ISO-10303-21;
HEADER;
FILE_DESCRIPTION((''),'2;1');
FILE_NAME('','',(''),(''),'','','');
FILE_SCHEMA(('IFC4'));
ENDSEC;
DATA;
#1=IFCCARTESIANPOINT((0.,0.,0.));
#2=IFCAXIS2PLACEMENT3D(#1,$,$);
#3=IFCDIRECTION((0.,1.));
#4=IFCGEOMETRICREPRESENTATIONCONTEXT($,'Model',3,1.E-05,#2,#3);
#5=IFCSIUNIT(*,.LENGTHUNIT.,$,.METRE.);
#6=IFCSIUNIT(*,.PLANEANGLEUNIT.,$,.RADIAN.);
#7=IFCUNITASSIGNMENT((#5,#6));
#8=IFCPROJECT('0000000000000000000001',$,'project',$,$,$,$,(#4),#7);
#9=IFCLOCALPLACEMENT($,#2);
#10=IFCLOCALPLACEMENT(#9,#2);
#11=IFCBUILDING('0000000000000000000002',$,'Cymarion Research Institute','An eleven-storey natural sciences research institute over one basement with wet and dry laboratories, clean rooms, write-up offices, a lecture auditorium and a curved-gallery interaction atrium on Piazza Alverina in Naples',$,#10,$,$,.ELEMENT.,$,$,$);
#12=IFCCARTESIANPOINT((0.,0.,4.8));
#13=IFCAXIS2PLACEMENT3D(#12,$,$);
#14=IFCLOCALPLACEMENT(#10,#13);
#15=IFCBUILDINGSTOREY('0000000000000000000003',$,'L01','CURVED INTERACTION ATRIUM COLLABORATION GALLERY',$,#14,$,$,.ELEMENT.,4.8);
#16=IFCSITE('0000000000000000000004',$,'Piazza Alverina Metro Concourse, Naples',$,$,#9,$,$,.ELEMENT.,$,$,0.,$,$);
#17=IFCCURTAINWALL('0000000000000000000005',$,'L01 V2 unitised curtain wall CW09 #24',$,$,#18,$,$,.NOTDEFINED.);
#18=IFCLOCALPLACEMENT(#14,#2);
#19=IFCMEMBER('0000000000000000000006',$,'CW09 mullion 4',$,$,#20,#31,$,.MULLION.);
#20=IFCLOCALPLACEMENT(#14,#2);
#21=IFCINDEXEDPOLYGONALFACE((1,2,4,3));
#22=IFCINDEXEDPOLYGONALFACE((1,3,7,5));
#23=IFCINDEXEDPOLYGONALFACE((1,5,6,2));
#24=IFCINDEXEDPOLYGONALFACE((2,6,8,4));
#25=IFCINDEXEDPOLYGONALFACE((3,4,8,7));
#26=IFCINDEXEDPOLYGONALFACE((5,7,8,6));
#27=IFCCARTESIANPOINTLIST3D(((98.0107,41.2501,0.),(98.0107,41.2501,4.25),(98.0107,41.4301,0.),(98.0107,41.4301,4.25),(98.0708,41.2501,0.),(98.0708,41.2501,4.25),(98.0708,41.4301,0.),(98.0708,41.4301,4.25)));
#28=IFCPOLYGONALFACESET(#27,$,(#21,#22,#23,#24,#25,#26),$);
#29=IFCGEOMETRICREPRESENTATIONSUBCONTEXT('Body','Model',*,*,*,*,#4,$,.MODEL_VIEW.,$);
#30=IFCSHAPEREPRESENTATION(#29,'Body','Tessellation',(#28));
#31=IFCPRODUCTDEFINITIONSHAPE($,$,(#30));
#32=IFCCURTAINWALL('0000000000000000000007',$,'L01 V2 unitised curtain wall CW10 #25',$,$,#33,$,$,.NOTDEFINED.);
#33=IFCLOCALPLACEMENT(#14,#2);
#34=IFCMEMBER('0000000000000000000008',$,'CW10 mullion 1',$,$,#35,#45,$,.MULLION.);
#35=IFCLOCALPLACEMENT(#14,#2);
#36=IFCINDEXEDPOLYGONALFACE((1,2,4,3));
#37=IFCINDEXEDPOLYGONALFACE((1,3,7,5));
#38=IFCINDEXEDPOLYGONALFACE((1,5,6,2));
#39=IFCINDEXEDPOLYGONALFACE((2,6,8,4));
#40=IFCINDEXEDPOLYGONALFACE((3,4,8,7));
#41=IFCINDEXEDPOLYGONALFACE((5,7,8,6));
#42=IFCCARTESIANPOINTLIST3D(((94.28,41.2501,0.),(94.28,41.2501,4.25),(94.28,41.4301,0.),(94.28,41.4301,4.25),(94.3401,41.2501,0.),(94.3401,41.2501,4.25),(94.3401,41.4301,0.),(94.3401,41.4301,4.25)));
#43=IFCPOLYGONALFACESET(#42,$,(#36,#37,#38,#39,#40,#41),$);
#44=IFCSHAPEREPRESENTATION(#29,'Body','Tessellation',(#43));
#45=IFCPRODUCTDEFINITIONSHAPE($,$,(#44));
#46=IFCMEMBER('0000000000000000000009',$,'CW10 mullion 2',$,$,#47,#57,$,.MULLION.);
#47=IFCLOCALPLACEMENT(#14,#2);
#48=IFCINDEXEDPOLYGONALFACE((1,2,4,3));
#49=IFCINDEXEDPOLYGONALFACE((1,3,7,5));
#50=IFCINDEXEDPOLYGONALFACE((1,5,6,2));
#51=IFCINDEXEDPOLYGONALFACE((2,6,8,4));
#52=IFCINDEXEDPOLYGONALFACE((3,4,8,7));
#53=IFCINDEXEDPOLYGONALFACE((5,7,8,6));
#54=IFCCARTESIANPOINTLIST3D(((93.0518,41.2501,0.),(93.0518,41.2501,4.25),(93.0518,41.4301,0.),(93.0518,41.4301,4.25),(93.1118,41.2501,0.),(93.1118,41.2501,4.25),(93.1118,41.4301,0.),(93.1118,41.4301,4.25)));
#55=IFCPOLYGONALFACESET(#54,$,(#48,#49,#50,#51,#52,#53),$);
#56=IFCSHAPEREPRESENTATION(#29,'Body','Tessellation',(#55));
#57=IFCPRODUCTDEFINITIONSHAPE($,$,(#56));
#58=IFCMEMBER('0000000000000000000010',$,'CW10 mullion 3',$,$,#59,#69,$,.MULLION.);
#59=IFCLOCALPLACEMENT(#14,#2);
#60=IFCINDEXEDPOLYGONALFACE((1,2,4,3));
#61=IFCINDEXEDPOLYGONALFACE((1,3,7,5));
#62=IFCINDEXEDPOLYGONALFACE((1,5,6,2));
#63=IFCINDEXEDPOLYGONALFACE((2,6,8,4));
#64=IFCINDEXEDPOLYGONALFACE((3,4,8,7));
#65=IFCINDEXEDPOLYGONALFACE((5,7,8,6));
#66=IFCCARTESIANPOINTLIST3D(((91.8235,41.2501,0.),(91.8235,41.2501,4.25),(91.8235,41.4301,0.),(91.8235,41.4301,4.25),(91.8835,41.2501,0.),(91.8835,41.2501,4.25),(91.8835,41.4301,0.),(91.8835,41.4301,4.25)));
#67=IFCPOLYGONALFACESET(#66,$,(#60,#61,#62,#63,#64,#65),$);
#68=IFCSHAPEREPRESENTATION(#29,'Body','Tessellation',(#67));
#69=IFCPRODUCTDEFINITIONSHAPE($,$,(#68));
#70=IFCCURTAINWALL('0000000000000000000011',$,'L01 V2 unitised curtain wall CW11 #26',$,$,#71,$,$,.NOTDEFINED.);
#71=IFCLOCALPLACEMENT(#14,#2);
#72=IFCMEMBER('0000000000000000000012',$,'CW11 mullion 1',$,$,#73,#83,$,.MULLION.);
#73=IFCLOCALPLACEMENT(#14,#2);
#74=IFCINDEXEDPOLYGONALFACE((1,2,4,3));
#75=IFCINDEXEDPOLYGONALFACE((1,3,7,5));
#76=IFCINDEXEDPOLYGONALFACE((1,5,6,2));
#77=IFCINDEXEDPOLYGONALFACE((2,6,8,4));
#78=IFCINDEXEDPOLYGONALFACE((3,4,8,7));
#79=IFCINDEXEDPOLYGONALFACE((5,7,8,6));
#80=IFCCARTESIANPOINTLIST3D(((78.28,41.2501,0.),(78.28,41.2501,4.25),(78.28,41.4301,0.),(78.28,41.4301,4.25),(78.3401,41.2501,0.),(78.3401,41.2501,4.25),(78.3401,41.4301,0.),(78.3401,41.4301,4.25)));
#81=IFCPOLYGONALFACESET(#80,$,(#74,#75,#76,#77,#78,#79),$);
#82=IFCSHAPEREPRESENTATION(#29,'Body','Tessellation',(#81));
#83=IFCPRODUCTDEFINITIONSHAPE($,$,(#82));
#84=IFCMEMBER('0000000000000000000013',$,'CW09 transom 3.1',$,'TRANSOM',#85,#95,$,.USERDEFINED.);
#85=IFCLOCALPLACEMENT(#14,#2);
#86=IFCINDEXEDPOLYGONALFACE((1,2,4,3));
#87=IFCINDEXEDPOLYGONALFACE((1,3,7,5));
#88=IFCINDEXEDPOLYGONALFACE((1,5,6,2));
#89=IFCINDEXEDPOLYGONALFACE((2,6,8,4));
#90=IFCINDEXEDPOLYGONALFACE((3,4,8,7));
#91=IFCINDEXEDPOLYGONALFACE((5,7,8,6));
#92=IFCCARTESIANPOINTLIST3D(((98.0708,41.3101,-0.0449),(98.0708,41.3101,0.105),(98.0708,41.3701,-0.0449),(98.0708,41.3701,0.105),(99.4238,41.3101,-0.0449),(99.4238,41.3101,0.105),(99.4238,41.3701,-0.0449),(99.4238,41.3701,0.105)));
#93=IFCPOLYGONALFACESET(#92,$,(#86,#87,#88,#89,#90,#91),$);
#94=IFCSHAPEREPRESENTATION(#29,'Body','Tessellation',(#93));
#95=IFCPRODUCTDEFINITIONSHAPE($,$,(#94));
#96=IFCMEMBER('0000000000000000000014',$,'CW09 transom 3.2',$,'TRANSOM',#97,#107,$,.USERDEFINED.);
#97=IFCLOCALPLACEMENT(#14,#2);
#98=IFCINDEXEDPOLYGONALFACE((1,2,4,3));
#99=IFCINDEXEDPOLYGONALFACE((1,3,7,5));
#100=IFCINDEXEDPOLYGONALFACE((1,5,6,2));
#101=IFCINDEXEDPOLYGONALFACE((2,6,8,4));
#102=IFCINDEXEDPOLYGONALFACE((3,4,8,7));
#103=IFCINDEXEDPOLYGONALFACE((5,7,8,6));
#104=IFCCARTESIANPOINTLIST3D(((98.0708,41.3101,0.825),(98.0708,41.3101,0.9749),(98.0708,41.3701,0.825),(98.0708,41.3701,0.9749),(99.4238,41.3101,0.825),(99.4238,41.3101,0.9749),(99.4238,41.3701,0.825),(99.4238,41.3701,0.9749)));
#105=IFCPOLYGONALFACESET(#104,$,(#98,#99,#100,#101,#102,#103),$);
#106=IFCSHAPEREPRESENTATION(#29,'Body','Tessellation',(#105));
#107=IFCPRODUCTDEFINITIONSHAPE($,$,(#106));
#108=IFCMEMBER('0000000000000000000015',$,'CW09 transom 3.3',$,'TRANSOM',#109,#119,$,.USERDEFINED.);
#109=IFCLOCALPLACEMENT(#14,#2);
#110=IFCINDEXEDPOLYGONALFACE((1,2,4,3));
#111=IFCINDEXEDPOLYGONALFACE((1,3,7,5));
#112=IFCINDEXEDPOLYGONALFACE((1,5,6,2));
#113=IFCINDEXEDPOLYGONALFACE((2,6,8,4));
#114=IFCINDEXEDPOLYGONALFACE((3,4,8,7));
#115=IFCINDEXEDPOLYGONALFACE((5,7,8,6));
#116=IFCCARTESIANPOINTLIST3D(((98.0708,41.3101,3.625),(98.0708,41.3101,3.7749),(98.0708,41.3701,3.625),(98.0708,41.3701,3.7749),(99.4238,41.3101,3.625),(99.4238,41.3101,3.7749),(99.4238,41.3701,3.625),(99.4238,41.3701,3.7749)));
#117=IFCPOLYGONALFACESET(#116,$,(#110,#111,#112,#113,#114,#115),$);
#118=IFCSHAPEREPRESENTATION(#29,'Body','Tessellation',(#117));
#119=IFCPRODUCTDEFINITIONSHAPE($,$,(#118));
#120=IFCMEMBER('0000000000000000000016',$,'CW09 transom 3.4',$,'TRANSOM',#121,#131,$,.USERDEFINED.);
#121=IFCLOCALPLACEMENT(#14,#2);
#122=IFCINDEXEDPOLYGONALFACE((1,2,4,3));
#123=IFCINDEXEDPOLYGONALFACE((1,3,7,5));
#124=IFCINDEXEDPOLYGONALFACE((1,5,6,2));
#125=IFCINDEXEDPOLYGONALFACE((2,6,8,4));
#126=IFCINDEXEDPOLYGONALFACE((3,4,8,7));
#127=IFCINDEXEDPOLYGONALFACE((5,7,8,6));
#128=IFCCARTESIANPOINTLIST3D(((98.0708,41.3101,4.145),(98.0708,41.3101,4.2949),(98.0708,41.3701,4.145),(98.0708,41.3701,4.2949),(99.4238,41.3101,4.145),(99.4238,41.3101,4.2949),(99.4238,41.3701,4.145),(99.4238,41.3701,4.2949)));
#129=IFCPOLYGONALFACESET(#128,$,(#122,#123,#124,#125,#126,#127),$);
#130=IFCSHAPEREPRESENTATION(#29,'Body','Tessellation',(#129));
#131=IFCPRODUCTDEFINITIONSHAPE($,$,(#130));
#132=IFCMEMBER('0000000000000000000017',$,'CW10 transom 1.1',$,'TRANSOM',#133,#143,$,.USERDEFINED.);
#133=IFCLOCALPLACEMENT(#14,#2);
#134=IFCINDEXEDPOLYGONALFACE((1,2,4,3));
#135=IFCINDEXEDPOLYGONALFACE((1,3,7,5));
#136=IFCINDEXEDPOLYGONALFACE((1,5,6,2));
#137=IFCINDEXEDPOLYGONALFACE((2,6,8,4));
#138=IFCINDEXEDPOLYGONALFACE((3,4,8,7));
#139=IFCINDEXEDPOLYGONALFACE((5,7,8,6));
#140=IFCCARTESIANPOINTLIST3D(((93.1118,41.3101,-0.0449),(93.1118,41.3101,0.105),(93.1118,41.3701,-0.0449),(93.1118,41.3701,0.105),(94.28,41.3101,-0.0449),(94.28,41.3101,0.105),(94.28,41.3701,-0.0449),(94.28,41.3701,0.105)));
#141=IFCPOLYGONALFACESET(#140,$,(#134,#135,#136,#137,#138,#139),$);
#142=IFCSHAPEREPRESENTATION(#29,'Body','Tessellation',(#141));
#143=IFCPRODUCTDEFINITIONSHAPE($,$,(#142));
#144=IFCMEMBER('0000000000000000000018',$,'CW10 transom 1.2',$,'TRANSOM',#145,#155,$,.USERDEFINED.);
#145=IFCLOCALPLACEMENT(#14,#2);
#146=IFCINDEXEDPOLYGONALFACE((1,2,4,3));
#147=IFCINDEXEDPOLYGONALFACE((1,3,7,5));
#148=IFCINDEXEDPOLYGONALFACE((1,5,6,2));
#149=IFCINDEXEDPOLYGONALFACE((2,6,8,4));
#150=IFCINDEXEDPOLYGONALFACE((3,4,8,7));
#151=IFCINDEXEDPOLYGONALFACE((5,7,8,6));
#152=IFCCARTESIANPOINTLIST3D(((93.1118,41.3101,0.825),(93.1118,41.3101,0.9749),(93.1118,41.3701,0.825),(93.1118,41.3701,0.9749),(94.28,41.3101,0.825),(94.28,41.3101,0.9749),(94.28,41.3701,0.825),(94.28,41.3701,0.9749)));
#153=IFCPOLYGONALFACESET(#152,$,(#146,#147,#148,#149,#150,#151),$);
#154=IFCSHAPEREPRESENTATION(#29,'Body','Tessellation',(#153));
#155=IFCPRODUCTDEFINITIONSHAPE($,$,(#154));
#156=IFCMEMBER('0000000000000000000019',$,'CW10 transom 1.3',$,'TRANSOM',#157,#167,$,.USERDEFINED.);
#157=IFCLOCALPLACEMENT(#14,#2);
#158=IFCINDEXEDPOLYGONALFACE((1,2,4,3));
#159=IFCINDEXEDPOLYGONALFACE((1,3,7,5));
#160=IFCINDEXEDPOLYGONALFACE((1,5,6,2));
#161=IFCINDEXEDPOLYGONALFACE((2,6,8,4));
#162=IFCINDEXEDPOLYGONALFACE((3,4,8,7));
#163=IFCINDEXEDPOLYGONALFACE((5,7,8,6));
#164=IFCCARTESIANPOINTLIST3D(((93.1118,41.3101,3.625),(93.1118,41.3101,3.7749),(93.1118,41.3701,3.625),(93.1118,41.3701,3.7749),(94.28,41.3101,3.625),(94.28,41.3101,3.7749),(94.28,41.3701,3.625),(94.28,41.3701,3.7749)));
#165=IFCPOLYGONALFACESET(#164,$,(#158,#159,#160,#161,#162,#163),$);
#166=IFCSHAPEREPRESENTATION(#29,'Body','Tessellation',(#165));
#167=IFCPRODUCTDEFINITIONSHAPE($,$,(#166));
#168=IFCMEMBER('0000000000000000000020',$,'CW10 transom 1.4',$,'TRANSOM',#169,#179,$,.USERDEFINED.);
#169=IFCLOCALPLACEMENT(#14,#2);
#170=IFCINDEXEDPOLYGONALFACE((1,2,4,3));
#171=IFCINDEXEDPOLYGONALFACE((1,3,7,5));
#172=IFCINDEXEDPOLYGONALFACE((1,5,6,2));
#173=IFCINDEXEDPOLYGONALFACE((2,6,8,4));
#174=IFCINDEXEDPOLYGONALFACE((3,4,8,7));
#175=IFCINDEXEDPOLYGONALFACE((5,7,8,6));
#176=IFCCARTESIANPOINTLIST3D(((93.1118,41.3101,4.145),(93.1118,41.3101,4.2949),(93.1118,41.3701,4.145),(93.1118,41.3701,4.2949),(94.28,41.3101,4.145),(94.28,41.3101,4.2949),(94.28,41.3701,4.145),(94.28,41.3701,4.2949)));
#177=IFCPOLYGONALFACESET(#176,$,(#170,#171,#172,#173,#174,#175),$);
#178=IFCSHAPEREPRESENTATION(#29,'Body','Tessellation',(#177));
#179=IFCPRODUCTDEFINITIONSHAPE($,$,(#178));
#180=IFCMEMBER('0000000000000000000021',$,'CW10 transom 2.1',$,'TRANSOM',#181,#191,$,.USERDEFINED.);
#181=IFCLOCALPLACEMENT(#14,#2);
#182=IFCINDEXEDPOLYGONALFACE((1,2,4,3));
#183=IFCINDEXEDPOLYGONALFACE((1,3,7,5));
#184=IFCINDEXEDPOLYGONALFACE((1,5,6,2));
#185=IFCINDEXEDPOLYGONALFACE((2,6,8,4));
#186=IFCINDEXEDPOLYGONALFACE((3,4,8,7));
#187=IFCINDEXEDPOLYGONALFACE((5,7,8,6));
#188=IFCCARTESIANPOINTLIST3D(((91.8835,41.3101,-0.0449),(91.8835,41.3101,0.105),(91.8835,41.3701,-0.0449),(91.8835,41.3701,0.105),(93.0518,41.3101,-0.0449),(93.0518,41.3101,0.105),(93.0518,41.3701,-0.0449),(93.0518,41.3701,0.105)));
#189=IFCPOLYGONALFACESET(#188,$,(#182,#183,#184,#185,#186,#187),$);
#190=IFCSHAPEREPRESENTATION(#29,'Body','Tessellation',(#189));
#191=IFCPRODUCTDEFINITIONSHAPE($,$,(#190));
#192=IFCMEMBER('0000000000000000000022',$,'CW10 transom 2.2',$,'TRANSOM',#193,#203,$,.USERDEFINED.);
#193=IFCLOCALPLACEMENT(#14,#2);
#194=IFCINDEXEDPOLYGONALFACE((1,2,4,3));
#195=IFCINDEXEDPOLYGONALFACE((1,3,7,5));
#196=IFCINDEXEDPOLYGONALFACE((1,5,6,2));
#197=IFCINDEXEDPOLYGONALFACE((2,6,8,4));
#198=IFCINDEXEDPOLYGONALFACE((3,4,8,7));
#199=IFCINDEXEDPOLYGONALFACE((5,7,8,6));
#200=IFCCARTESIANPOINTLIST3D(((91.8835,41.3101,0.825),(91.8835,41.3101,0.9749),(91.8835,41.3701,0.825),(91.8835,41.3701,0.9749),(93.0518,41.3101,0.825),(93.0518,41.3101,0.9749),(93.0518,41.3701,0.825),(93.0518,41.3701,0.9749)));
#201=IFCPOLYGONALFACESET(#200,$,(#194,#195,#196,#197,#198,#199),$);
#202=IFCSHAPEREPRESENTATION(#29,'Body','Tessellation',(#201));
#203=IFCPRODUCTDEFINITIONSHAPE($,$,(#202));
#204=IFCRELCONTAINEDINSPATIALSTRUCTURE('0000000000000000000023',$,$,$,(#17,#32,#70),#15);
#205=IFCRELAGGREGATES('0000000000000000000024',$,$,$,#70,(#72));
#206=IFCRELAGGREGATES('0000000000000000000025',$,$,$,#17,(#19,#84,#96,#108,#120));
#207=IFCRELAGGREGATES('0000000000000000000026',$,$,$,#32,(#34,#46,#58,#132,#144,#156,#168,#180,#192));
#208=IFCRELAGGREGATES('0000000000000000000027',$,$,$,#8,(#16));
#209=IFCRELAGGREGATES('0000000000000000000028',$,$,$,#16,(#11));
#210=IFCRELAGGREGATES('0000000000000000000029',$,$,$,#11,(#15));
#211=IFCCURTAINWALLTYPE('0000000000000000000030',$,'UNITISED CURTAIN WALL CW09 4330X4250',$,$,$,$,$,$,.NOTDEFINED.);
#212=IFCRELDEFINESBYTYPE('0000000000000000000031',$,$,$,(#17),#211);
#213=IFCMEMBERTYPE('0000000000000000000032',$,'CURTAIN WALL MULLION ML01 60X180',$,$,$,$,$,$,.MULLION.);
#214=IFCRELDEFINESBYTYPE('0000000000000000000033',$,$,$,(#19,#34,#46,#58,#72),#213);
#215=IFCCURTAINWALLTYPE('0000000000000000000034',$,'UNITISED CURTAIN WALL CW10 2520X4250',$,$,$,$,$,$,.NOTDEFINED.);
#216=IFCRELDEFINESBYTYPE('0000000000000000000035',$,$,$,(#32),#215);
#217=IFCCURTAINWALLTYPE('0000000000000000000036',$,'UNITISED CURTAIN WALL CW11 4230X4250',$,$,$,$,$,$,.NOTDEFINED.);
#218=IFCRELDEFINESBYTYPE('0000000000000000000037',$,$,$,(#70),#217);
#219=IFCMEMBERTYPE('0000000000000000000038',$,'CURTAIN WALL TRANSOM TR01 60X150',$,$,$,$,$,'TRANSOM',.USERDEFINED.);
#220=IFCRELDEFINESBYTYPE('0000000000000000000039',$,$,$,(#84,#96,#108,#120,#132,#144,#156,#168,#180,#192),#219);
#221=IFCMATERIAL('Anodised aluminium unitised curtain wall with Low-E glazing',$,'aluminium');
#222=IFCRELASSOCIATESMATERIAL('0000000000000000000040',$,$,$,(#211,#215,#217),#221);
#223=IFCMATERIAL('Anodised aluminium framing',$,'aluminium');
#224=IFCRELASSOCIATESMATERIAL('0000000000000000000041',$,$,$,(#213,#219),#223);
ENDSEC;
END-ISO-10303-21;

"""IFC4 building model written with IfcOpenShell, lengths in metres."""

from ifc_helpers import new_model, si_unit, direction, frame, origin, origin_2d, place, context, subcontext, project, spatial, rectangle, extrude, material, material_profile, profile_set, type_object, element, aggregate, save


model = new_model("IFC4")

# Units and contexts
model_context = context("Model", 3, precision=1e-05, world=origin(), true_north=direction((0.0, 1.0)))
body_context = subcontext(model_context, "Body", "Model", "MODEL_VIEW")
ifc_project = project(units=[si_unit("LENGTHUNIT", "METRE"), si_unit("PLANEANGLEUNIT", "RADIAN")], contexts=[model_context])

# Site, building, storey
site_placement = place(None, origin())
site = spatial("IfcSite", under=ifc_project, at=site_placement, Name="Piazza Alverina Metro Concourse, Naples", CompositionType="ELEMENT", RefElevation=0.0)
building_placement = place(site_placement, origin())
building = spatial("IfcBuilding", under=site, at=building_placement, Name="Cymarion Research Institute", Description="An eleven-storey natural sciences research institute over one basement with wet and dry laboratories, clean rooms, write-up offices, a lecture auditorium and a curved-gallery interaction atrium on Piazza Alverina in Naples", CompositionType="ELEMENT")
storey_placement = place(building_placement, frame((0.0, 0.0, 4.8)))
storey = spatial("IfcBuildingStorey", under=building, at=storey_placement, Name="L01", Description="CURVED INTERACTION ATRIUM COLLABORATION GALLERY", CompositionType="ELEMENT", Elevation=4.8)

# Curtain wall, member
ifc_material_1 = material(Name="Anodised aluminium unitised curtain wall with Low-E glazing", Category="aluminium")
curtain_wall_type_1 = type_object("IfcCurtainWallType", Name="UNITISED CURTAIN WALL CW09 4330X4250", PredefinedType="NOTDEFINED", material=ifc_material_1)
curtain_wall_1_placement = place(storey_placement, origin())
curtain_wall_1 = element("IfcCurtainWall", 1, at=curtain_wall_1_placement, inside=storey, type_object=curtain_wall_type_1, Name="L01 V2 unitised curtain wall CW09 #24", PredefinedType="NOTDEFINED")
ifc_material_2 = material(Name="Anodised aluminium framing", Category="aluminium")
ifc_material_profile_1 = material_profile(ifc_material_2, rectangle(XDim=0.0601, YDim=0.1799, at=origin_2d()), Name="ALU MULLION 60x180")
ifc_profile_set_1 = profile_set([ifc_material_profile_1], Name="Anodised aluminium framing")
member_type_1 = type_object("IfcMemberType", Name="CURTAIN WALL MULLION ML01 60X180", PredefinedType="MULLION", material=ifc_profile_set_1)
member_1_placement = place(storey_placement, frame((98.0408, 41.3401, 0.0), z_axis=(0.0, 0.0, 1.0), x_axis=(-1.0, 0.0, 0.0)))
member_1 = element("IfcMember", 2, at=member_1_placement, type_object=member_type_1, Name="CW09 mullion 4", PredefinedType="MULLION", context=body_context, shape_type="SweptSolid", body=[
    extrude(rectangle(XDim=0.0601, YDim=0.1799, at=origin_2d()), origin(), (0.0, 0.0, 1.0), 4.25),
])

# Curtain wall, members
curtain_wall_type_2 = type_object("IfcCurtainWallType", Name="UNITISED CURTAIN WALL CW10 2520X4250", PredefinedType="NOTDEFINED", material=ifc_material_1)
curtain_wall_2_placement = place(storey_placement, origin())
curtain_wall_2 = element("IfcCurtainWall", 3, at=curtain_wall_2_placement, inside=storey, type_object=curtain_wall_type_2, Name="L01 V2 unitised curtain wall CW10 #25", PredefinedType="NOTDEFINED")
member_2_placement = place(storey_placement, frame((94.3101, 41.3401, 0.0), z_axis=(0.0, 0.0, 1.0), x_axis=(-1.0, 0.0, 0.0)))
member_2 = element("IfcMember", 4, at=member_2_placement, type_object=member_type_1, Name="CW10 mullion 1", PredefinedType="MULLION", context=body_context, shape_type="SweptSolid", body=[
    extrude(rectangle(XDim=0.0601, YDim=0.1799, at=origin_2d()), origin(), (0.0, 0.0, 1.0), 4.25),
])
member_3_placement = place(storey_placement, frame((93.0818, 41.3401, 0.0), z_axis=(0.0, 0.0, 1.0), x_axis=(-1.0, 0.0, 0.0)))
member_3 = element("IfcMember", 5, at=member_3_placement, type_object=member_type_1, Name="CW10 mullion 2", PredefinedType="MULLION", context=body_context, shape_type="SweptSolid", body=[
    extrude(rectangle(XDim=0.0601, YDim=0.1799, at=origin_2d()), origin(), (0.0, 0.0, 1.0), 4.25),
])
member_4_placement = place(storey_placement, frame((91.8535, 41.3401, 0.0), z_axis=(0.0, 0.0, 1.0), x_axis=(-1.0, 0.0, 0.0)))
member_4 = element("IfcMember", 6, at=member_4_placement, type_object=member_type_1, Name="CW10 mullion 3", PredefinedType="MULLION", context=body_context, shape_type="SweptSolid", body=[
    extrude(rectangle(XDim=0.0601, YDim=0.1799, at=origin_2d()), origin(), (0.0, 0.0, 1.0), 4.25),
])

# Curtain wall, member
curtain_wall_type_3 = type_object("IfcCurtainWallType", Name="UNITISED CURTAIN WALL CW11 4230X4250", PredefinedType="NOTDEFINED", material=ifc_material_1)
curtain_wall_3_placement = place(storey_placement, origin())
curtain_wall_3 = element("IfcCurtainWall", 7, at=curtain_wall_3_placement, inside=storey, type_object=curtain_wall_type_3, Name="L01 V2 unitised curtain wall CW11 #26", PredefinedType="NOTDEFINED")
member_5_placement = place(storey_placement, frame((78.3101, 41.3401, 0.0), z_axis=(0.0, 0.0, 1.0), x_axis=(-1.0, 0.0, 0.0)))
member_5 = element("IfcMember", 8, at=member_5_placement, type_object=member_type_1, Name="CW11 mullion 1", PredefinedType="MULLION", context=body_context, shape_type="SweptSolid", body=[
    extrude(rectangle(XDim=0.0601, YDim=0.1799, at=origin_2d()), origin(), (0.0, 0.0, 1.0), 4.25),
])

# Members
ifc_material_profile_2 = material_profile(ifc_material_2, rectangle(XDim=0.0601, YDim=0.1499, at=origin_2d()), Name="ALU TRANSOM 60x150")
ifc_profile_set_2 = profile_set([ifc_material_profile_2], Name="Anodised aluminium framing")
member_type_2 = type_object("IfcMemberType", Name="CURTAIN WALL TRANSOM TR01 60X150", ElementType="TRANSOM", PredefinedType="USERDEFINED", material=ifc_profile_set_2)
member_6_placement = place(storey_placement, frame((99.4238, 41.3401, 0.03), z_axis=(-1.0, 0.0, 0.0), x_axis=(0.0, -1.0, 0.0)))
member_6 = element("IfcMember", 9, at=member_6_placement, type_object=member_type_2, Name="CW09 transom 3.1", ObjectType="TRANSOM", PredefinedType="USERDEFINED", context=body_context, shape_type="SweptSolid", body=[
    extrude(rectangle(XDim=0.0601, YDim=0.1499, at=origin_2d()), origin(), (0.0, 0.0, 1.0), 1.353),
])
member_7_placement = place(storey_placement, frame((99.4238, 41.3401, 0.8999), z_axis=(-1.0, 0.0, 0.0), x_axis=(0.0, -1.0, 0.0)))
member_7 = element("IfcMember", 10, at=member_7_placement, type_object=member_type_2, Name="CW09 transom 3.2", ObjectType="TRANSOM", PredefinedType="USERDEFINED", context=body_context, shape_type="SweptSolid", body=[
    extrude(rectangle(XDim=0.0601, YDim=0.1499, at=origin_2d()), origin(), (0.0, 0.0, 1.0), 1.353),
])
member_8_placement = place(storey_placement, frame((99.4238, 41.3401, 3.7), z_axis=(-1.0, 0.0, 0.0), x_axis=(0.0, -1.0, 0.0)))
member_8 = element("IfcMember", 11, at=member_8_placement, type_object=member_type_2, Name="CW09 transom 3.3", ObjectType="TRANSOM", PredefinedType="USERDEFINED", context=body_context, shape_type="SweptSolid", body=[
    extrude(rectangle(XDim=0.0601, YDim=0.1499, at=origin_2d()), origin(), (0.0, 0.0, 1.0), 1.353),
])
member_9_placement = place(storey_placement, frame((99.4238, 41.3401, 4.22), z_axis=(-1.0, 0.0, 0.0), x_axis=(0.0, -1.0, 0.0)))
member_9 = element("IfcMember", 12, at=member_9_placement, type_object=member_type_2, Name="CW09 transom 3.4", ObjectType="TRANSOM", PredefinedType="USERDEFINED", context=body_context, shape_type="SweptSolid", body=[
    extrude(rectangle(XDim=0.0601, YDim=0.1499, at=origin_2d()), origin(), (0.0, 0.0, 1.0), 1.353),
])
member_10_placement = place(storey_placement, frame((94.28, 41.3401, 0.03), z_axis=(-1.0, 0.0, 0.0), x_axis=(0.0, -1.0, 0.0)))
member_10 = element("IfcMember", 13, at=member_10_placement, type_object=member_type_2, Name="CW10 transom 1.1", ObjectType="TRANSOM", PredefinedType="USERDEFINED", context=body_context, shape_type="SweptSolid", body=[
    extrude(rectangle(XDim=0.0601, YDim=0.1499, at=origin_2d()), origin(), (0.0, 0.0, 1.0), 1.1682),
])
member_11_placement = place(storey_placement, frame((94.28, 41.3401, 0.8999), z_axis=(-1.0, 0.0, 0.0), x_axis=(0.0, -1.0, 0.0)))
member_11 = element("IfcMember", 14, at=member_11_placement, type_object=member_type_2, Name="CW10 transom 1.2", ObjectType="TRANSOM", PredefinedType="USERDEFINED", context=body_context, shape_type="SweptSolid", body=[
    extrude(rectangle(XDim=0.0601, YDim=0.1499, at=origin_2d()), origin(), (0.0, 0.0, 1.0), 1.1682),
])
member_12_placement = place(storey_placement, frame((94.28, 41.3401, 3.7), z_axis=(-1.0, 0.0, 0.0), x_axis=(0.0, -1.0, 0.0)))
member_12 = element("IfcMember", 15, at=member_12_placement, type_object=member_type_2, Name="CW10 transom 1.3", ObjectType="TRANSOM", PredefinedType="USERDEFINED", context=body_context, shape_type="SweptSolid", body=[
    extrude(rectangle(XDim=0.0601, YDim=0.1499, at=origin_2d()), origin(), (0.0, 0.0, 1.0), 1.1682),
])
member_13_placement = place(storey_placement, frame((94.28, 41.3401, 4.22), z_axis=(-1.0, 0.0, 0.0), x_axis=(0.0, -1.0, 0.0)))
member_13 = element("IfcMember", 16, at=member_13_placement, type_object=member_type_2, Name="CW10 transom 1.4", ObjectType="TRANSOM", PredefinedType="USERDEFINED", context=body_context, shape_type="SweptSolid", body=[
    extrude(rectangle(XDim=0.0601, YDim=0.1499, at=origin_2d()), origin(), (0.0, 0.0, 1.0), 1.1682),
])
member_14_placement = place(storey_placement, frame((93.0518, 41.3401, 0.03), z_axis=(-1.0, 0.0, 0.0), x_axis=(0.0, -1.0, 0.0)))
member_14 = element("IfcMember", 17, at=member_14_placement, type_object=member_type_2, Name="CW10 transom 2.1", ObjectType="TRANSOM", PredefinedType="USERDEFINED", context=body_context, shape_type="SweptSolid", body=[
    extrude(rectangle(XDim=0.0601, YDim=0.1499, at=origin_2d()), origin(), (0.0, 0.0, 1.0), 1.1682),
])
member_15_placement = place(storey_placement, frame((93.0518, 41.3401, 0.8999), z_axis=(-1.0, 0.0, 0.0), x_axis=(0.0, -1.0, 0.0)))
member_15 = element("IfcMember", 18, at=member_15_placement, type_object=member_type_2, Name="CW10 transom 2.2", ObjectType="TRANSOM", PredefinedType="USERDEFINED", context=body_context, shape_type="SweptSolid", body=[
    extrude(rectangle(XDim=0.0601, YDim=0.1499, at=origin_2d()), origin(), (0.0, 0.0, 1.0), 1.1682),
])
aggregate(curtain_wall_3, [member_5])

aggregate(curtain_wall_1, [member_1, member_6, member_7, member_8, member_9])
aggregate(curtain_wall_2, [member_2, member_3, member_4, member_10, member_11, member_12, member_13, member_14, member_15])

save(model, "model.ifc")
